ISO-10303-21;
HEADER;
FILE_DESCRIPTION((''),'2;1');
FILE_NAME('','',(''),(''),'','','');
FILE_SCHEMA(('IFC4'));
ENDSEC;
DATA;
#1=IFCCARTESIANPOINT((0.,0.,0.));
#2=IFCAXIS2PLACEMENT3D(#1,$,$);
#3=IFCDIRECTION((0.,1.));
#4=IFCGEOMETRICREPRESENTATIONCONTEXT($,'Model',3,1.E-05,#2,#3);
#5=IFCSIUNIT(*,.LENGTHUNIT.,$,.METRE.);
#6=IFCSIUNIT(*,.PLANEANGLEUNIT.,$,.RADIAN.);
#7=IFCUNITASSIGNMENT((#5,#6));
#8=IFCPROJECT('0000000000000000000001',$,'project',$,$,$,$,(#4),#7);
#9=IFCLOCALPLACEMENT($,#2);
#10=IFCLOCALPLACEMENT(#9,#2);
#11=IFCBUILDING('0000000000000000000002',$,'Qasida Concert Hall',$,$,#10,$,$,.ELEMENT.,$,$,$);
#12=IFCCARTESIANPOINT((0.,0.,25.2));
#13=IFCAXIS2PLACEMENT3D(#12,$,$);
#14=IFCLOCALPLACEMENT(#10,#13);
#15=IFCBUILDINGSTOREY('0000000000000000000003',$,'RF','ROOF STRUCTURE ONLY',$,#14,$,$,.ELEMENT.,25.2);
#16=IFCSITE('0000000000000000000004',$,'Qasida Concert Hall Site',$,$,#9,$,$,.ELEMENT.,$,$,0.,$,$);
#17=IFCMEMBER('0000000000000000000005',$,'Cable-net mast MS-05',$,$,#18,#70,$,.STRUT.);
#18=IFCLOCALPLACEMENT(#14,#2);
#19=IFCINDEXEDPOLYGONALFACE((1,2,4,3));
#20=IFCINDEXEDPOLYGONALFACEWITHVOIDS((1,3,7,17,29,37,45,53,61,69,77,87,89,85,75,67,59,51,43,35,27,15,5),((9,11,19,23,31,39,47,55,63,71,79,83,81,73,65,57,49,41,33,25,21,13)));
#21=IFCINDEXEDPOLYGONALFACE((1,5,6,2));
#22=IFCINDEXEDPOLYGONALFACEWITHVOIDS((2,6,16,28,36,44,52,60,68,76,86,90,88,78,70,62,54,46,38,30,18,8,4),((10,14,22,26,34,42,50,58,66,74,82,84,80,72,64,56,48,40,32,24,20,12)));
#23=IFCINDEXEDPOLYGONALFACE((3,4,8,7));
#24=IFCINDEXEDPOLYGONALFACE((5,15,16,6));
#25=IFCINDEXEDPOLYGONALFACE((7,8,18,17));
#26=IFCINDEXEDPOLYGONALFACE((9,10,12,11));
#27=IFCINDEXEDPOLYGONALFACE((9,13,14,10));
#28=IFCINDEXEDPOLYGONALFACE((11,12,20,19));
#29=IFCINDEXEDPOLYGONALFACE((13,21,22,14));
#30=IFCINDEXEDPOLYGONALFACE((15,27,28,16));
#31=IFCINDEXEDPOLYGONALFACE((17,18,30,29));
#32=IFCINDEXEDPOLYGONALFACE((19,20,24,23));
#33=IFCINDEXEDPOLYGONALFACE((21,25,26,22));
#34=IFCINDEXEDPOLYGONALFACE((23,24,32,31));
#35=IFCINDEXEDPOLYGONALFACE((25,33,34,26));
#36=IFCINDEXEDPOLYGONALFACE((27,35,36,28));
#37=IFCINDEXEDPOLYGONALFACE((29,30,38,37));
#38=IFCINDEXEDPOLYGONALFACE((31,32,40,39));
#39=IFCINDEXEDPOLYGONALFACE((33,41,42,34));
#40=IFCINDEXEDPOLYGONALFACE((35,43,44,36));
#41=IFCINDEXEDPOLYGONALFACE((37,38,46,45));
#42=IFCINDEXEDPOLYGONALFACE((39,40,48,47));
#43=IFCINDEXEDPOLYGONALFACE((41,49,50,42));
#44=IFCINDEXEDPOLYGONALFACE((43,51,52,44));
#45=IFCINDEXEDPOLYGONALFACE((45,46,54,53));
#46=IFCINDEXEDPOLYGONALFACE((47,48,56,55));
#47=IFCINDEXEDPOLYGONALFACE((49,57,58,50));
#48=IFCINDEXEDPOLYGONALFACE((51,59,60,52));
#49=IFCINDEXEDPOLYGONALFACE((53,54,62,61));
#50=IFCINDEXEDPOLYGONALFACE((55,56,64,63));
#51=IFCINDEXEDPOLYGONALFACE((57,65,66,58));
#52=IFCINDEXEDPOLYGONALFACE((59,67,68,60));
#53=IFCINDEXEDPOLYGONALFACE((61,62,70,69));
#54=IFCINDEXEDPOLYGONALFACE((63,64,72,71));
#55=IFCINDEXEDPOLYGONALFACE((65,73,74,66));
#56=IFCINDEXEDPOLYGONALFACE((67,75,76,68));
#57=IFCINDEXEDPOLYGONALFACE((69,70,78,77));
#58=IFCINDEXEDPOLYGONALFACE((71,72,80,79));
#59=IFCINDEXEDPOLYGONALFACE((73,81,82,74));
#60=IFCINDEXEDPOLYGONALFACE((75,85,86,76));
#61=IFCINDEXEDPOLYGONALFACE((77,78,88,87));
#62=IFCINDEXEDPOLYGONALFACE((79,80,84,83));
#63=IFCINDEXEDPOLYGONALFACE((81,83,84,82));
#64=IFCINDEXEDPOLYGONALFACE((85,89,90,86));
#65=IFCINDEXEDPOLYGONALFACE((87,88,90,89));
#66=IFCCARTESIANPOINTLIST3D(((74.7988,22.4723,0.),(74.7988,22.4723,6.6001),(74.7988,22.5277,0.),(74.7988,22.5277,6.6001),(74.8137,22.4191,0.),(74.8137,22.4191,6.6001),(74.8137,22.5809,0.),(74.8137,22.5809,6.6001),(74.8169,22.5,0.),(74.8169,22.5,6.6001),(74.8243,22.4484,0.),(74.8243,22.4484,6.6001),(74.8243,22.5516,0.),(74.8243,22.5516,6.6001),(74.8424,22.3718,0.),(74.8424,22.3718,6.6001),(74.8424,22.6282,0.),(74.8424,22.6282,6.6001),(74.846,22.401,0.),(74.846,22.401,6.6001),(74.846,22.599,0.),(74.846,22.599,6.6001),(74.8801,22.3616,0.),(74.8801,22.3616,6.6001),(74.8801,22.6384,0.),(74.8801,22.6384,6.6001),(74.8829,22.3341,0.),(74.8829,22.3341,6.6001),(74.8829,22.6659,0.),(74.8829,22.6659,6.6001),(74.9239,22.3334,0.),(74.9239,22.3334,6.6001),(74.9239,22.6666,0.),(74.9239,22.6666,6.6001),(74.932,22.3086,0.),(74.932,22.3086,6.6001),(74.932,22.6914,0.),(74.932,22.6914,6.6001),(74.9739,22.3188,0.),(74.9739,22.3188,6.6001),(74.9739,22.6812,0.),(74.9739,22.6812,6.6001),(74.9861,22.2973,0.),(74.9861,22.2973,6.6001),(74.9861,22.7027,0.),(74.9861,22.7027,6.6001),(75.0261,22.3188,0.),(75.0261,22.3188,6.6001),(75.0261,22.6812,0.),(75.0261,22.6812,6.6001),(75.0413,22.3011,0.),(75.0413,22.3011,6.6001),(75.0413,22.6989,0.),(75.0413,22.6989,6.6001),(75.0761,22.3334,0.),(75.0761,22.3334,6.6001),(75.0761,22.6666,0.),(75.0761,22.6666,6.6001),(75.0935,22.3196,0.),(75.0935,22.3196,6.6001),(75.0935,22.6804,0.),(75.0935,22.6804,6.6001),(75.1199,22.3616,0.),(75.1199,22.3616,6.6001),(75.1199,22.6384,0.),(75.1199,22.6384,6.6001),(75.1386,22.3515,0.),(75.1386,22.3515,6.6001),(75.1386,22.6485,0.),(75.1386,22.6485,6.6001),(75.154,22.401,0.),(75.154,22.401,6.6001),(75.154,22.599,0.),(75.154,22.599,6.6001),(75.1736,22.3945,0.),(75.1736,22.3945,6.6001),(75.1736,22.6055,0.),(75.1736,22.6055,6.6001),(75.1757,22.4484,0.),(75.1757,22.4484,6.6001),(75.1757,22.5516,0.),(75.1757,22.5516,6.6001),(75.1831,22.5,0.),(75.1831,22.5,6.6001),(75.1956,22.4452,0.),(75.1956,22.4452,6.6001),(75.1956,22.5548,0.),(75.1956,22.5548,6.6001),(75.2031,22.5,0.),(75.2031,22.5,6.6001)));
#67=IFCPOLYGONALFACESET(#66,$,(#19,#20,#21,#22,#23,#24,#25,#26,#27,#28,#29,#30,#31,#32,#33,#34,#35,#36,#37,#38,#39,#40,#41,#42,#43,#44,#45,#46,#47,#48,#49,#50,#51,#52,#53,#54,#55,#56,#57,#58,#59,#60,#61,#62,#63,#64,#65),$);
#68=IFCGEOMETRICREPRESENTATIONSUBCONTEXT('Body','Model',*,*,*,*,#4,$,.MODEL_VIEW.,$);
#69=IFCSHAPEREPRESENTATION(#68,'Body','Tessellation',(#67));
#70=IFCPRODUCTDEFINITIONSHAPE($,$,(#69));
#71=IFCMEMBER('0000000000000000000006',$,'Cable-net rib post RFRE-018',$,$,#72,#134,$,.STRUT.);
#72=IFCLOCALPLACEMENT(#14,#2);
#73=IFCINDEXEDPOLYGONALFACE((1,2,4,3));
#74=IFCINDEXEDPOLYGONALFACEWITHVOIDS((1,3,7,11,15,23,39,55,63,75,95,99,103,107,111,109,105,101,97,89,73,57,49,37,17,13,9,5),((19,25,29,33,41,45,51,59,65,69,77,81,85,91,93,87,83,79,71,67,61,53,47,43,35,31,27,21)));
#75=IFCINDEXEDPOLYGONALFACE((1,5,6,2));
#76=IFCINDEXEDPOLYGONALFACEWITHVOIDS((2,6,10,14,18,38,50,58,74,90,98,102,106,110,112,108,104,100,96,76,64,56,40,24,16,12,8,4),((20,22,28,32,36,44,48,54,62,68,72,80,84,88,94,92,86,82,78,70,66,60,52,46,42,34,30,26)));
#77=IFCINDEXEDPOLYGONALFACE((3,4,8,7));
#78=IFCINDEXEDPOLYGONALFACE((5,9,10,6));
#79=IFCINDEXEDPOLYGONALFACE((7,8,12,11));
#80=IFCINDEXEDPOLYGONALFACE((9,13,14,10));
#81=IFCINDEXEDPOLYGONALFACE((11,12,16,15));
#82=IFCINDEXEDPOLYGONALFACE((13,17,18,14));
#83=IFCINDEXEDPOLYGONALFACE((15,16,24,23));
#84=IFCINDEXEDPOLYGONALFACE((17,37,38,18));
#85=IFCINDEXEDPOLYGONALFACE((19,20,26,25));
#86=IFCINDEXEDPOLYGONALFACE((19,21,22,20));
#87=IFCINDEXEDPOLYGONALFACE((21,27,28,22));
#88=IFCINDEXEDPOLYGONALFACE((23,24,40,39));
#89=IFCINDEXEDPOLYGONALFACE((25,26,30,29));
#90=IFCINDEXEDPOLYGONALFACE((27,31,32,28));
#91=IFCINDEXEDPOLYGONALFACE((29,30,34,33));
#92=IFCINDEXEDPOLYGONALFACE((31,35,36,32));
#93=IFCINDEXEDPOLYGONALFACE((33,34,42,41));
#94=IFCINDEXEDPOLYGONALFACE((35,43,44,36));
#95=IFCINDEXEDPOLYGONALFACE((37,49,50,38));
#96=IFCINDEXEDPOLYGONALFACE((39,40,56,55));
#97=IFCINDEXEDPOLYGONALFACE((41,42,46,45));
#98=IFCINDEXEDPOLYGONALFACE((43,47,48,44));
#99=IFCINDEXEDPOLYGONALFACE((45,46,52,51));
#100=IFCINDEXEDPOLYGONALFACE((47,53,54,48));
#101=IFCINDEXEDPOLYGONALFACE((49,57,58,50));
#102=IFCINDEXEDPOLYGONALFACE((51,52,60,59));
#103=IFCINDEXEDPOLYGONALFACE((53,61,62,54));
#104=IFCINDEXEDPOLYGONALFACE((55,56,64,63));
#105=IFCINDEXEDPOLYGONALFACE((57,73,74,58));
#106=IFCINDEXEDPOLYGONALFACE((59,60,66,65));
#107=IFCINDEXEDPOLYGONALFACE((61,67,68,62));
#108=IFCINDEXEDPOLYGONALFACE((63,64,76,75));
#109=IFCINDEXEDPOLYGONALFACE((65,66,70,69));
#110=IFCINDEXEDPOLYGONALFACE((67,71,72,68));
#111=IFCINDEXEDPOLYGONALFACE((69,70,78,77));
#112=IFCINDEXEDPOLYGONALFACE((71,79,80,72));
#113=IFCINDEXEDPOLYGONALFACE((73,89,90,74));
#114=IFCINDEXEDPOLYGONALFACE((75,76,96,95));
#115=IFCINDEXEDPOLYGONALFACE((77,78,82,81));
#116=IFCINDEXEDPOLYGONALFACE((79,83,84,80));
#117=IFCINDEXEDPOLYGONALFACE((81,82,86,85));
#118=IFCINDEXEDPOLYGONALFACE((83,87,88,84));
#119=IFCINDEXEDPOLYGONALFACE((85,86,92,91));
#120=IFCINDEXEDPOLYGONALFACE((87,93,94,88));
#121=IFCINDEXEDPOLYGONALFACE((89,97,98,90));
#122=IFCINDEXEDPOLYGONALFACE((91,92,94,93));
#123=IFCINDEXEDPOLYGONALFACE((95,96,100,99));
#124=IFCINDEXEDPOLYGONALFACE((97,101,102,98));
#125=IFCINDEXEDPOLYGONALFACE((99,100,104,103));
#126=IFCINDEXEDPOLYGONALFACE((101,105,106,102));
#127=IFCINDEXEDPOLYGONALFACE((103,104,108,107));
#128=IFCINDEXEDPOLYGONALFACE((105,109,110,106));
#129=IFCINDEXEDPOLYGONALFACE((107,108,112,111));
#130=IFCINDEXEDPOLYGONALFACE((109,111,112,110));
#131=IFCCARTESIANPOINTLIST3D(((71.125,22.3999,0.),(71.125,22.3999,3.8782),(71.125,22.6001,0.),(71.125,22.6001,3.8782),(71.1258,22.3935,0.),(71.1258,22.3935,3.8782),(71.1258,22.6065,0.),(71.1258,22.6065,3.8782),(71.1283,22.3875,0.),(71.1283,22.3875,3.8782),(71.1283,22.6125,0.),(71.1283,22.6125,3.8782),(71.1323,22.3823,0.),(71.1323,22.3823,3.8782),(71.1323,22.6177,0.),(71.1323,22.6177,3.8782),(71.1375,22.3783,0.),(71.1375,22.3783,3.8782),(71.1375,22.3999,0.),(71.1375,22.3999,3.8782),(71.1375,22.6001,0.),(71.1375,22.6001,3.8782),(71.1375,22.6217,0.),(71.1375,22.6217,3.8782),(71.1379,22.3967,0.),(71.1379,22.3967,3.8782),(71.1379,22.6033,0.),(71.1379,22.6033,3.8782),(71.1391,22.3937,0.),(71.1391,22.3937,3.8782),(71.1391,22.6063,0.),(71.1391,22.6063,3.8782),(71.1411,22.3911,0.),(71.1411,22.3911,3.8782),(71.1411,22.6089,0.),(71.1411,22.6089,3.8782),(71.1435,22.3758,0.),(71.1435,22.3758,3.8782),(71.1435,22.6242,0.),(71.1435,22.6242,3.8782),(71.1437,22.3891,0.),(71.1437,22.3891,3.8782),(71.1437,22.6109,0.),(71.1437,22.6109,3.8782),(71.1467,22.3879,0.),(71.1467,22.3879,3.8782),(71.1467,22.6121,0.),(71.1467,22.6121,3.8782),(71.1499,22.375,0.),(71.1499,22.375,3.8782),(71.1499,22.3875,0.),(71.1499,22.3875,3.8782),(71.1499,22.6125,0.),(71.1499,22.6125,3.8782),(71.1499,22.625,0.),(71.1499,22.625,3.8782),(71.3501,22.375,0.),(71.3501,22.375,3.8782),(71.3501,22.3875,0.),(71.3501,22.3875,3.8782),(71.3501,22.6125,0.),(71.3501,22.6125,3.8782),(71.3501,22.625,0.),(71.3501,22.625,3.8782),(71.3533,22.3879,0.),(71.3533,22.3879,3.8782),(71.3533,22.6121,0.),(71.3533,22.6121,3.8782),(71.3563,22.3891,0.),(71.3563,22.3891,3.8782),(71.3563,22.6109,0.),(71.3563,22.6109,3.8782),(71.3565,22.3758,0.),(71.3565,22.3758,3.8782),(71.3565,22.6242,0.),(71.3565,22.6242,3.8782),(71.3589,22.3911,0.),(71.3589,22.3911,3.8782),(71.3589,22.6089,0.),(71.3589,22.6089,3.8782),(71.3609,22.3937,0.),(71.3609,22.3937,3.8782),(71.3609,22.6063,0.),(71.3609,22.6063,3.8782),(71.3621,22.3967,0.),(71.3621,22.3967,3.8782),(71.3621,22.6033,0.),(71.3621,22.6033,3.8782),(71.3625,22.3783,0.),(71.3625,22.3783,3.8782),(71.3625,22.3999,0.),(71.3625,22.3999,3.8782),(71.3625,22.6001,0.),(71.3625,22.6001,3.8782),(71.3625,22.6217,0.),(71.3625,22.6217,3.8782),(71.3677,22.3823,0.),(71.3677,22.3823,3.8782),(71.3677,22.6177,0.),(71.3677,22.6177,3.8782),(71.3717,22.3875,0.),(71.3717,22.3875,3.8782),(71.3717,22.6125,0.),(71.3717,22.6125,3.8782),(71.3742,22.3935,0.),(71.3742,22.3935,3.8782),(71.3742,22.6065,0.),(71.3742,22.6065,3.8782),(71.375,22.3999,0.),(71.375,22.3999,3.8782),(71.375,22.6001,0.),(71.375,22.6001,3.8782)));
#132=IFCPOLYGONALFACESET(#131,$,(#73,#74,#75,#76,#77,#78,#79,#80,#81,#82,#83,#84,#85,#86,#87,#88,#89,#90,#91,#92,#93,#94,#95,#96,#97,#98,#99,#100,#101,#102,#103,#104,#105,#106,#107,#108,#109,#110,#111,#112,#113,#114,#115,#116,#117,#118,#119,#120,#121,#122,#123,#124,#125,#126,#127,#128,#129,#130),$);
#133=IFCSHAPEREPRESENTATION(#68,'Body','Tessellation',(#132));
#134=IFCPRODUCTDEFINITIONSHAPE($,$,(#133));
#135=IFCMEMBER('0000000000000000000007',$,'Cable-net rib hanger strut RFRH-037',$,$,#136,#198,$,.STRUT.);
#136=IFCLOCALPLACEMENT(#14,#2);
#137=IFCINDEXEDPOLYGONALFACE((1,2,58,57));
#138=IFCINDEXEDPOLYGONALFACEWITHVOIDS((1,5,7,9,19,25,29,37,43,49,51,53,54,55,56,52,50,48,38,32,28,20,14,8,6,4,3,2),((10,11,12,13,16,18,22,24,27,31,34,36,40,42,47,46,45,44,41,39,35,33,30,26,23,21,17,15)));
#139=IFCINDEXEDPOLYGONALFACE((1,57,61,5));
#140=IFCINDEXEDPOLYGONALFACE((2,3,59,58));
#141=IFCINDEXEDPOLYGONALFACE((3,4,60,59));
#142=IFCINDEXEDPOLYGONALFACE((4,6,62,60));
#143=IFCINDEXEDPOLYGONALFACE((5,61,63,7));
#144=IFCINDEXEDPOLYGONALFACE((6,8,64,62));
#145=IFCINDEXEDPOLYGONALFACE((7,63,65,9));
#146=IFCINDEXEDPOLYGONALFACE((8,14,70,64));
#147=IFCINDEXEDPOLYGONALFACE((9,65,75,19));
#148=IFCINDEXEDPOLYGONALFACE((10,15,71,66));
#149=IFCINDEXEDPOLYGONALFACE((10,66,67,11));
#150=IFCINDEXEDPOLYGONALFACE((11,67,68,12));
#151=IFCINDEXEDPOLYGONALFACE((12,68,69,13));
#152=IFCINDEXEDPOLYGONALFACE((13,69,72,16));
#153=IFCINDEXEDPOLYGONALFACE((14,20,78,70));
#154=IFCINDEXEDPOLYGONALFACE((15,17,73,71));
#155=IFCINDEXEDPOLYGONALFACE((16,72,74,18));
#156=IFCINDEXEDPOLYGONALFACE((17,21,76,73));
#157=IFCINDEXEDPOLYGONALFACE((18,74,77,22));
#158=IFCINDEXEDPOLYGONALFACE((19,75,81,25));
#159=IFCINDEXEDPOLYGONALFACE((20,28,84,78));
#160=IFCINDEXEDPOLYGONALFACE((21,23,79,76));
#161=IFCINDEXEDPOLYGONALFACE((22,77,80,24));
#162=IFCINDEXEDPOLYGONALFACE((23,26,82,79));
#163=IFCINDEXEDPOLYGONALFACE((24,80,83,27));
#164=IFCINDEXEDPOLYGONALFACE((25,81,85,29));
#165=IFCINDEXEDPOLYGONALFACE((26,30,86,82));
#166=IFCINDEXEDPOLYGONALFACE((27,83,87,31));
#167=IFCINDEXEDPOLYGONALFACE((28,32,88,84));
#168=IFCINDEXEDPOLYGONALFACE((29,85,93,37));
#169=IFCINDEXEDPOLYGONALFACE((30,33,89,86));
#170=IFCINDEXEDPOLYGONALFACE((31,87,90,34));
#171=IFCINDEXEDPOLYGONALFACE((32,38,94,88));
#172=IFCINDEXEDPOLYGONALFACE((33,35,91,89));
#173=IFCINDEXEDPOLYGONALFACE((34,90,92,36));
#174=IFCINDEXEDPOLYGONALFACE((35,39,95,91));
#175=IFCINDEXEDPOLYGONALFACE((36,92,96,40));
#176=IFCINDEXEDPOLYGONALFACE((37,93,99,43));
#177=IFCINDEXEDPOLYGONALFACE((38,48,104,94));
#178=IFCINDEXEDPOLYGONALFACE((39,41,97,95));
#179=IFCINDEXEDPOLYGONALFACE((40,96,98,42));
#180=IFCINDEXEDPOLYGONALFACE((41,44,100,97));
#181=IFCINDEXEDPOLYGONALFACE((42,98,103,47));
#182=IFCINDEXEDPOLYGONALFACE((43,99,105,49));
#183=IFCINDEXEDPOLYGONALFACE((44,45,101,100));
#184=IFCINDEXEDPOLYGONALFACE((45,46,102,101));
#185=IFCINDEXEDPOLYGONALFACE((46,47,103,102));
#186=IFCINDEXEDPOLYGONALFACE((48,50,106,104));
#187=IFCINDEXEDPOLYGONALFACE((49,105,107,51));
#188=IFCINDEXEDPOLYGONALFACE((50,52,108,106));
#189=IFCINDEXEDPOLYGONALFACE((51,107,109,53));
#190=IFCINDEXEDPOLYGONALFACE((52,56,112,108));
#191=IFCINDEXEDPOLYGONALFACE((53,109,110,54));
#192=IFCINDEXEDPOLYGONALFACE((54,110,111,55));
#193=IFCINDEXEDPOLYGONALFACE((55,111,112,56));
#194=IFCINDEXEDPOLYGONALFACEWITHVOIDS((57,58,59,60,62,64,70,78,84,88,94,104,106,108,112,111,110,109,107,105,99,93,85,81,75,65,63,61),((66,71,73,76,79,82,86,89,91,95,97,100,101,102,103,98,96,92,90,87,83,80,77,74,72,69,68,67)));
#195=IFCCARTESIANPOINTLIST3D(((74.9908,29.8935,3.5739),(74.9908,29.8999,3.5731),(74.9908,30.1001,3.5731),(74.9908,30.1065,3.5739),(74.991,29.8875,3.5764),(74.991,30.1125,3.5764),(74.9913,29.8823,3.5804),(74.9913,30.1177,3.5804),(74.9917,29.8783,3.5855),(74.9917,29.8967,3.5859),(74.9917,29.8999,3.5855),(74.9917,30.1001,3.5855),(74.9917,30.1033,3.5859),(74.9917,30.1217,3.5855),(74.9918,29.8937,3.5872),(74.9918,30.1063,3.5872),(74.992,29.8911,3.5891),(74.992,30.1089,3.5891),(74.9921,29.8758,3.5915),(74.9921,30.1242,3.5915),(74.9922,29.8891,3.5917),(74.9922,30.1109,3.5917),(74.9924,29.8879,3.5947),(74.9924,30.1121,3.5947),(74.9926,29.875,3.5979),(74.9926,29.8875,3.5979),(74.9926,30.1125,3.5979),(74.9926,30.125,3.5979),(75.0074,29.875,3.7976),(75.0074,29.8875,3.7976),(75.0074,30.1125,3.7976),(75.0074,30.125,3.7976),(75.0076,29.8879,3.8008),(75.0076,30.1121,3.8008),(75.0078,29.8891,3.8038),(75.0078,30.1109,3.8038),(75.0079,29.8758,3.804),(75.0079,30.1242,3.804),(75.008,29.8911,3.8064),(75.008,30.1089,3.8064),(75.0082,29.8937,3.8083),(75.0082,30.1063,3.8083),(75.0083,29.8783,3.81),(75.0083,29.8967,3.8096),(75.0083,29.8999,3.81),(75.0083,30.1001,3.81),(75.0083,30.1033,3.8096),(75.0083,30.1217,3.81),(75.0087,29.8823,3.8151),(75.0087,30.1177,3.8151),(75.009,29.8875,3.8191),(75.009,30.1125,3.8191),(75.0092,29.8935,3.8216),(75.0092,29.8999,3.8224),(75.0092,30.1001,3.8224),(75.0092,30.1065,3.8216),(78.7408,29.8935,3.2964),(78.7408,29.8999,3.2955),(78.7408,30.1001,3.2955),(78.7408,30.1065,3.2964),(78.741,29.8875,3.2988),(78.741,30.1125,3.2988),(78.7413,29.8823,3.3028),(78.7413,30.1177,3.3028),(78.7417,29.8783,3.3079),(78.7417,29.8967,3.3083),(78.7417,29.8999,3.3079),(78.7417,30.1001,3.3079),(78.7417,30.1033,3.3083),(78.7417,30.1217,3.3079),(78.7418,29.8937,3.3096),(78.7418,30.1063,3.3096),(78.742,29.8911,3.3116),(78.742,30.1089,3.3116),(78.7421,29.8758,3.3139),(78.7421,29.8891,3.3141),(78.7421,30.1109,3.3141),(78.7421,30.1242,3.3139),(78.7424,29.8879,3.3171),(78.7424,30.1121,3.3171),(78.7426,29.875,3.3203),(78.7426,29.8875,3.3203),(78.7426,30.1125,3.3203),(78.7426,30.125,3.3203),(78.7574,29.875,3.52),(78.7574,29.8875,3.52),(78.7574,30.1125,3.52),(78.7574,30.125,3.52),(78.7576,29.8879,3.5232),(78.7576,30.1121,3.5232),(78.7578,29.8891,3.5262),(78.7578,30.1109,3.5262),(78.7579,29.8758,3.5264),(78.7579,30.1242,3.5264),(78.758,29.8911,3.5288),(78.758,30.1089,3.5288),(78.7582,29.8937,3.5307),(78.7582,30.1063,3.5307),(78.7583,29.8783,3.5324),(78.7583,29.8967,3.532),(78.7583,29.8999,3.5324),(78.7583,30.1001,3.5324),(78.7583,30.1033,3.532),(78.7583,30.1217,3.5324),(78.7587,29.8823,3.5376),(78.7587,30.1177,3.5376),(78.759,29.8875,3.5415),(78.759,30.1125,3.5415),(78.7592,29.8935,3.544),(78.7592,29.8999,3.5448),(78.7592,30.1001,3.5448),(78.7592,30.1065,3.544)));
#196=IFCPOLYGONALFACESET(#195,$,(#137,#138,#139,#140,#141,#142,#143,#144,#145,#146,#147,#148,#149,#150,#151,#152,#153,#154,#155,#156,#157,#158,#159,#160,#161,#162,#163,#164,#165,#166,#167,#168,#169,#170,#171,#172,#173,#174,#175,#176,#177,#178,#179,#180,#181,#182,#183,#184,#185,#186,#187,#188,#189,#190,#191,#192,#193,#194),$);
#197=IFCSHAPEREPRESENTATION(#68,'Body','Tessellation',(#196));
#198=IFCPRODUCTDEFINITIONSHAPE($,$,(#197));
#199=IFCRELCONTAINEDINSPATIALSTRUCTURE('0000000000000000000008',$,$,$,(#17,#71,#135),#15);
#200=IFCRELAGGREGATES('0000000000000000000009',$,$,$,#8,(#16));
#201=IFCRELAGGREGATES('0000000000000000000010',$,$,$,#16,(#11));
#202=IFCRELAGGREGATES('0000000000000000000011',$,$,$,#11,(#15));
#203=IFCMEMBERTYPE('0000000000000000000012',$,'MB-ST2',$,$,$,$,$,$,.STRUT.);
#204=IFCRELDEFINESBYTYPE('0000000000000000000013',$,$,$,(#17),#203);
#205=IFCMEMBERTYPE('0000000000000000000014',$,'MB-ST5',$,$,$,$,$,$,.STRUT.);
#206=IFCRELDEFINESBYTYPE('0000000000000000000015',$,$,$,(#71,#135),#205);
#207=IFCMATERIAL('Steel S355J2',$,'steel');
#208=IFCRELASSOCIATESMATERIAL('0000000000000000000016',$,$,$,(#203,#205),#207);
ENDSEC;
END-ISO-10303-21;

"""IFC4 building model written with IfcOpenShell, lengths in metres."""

from ifc_helpers import new_model, si_unit, direction, frame, origin, origin_2d, place, context, subcontext, project, spatial, hollow_rectangle, hollow_circle, extrude, material, material_profile, profile_set, type_object, element, save


model = new_model("IFC4")

# Units and contexts
model_context = context("Model", 3, precision=1e-05, world=origin(), true_north=direction((0.0, 1.0)))
body_context = subcontext(model_context, "Body", "Model", "MODEL_VIEW")
ifc_project = project(units=[si_unit("LENGTHUNIT", "METRE"), si_unit("PLANEANGLEUNIT", "RADIAN")], contexts=[model_context])

# Site, building, storey
site_placement = place(None, origin())
site = spatial("IfcSite", under=ifc_project, at=site_placement, Name="Qasida Concert Hall Site", CompositionType="ELEMENT", RefElevation=0.0)
building_placement = place(site_placement, origin())
building = spatial("IfcBuilding", under=site, at=building_placement, Name="Qasida Concert Hall", CompositionType="ELEMENT")
storey_placement = place(building_placement, frame((0.0, 0.0, 25.2)))
storey = spatial("IfcBuildingStorey", under=building, at=storey_placement, Name="RF", Description="ROOF STRUCTURE ONLY", CompositionType="ELEMENT", Elevation=25.2)

# Members
ifc_material_1 = material(Name="Steel S355J2", Category="steel")
ifc_material_profile_1 = material_profile(ifc_material_1, hollow_circle(Radius=0.2031, WallThickness=0.02, at=origin_2d()), Name="CHS 406.4x20")
ifc_profile_set_1 = profile_set([ifc_material_profile_1], Name="Steel S355J2")
member_type_1 = type_object("IfcMemberType", Name="MB-ST2", PredefinedType="STRUT", material=ifc_profile_set_1)
member_1_placement = place(storey_placement, frame((75.0, 22.5, 0.0), z_axis=(0.0, 0.0, 1.0), x_axis=(1.0, 0.0, 0.0)))
element("IfcMember", 1, at=member_1_placement, inside=storey, type_object=member_type_1, Name="Cable-net mast MS-05", PredefinedType="STRUT", context=body_context, shape_type="SweptSolid", body=[
    extrude(hollow_circle(Radius=0.2031, WallThickness=0.02, at=origin_2d()), origin(), (0.0, 0.0, 1.0), 6.6001),
])
ifc_material_profile_2 = material_profile(ifc_material_1, hollow_rectangle(XDim=0.25, YDim=0.25, WallThickness=0.0125, InnerFilletRadius=0.0125, OuterFilletRadius=0.0249, at=origin_2d()), Name="SHS 250x250x12.5")
ifc_profile_set_2 = profile_set([ifc_material_profile_2], Name="Steel S355J2")
member_type_2 = type_object("IfcMemberType", Name="MB-ST5", PredefinedType="STRUT", material=ifc_profile_set_2)
member_2_placement = place(storey_placement, frame((71.25, 22.5, 0.0), z_axis=(0.0, 0.0, 1.0), x_axis=(1.0, 0.0, 0.0)))
element("IfcMember", 2, at=member_2_placement, inside=storey, type_object=member_type_2, Name="Cable-net rib post RFRE-018", PredefinedType="STRUT", context=body_context, shape_type="SweptSolid", body=[
    extrude(hollow_rectangle(XDim=0.25, YDim=0.25, WallThickness=0.0125, InnerFilletRadius=0.0125, OuterFilletRadius=0.0249, at=origin_2d()), origin(), (0.0, 0.0, 1.0), 3.8782),
])
member_3_placement = place(storey_placement, frame((75.0, 30.0, 3.6978), z_axis=(0.997271, 0.0, -0.073821), x_axis=(0.0, 1.0, 0.0)))
element("IfcMember", 3, at=member_3_placement, inside=storey, type_object=member_type_2, Name="Cable-net rib hanger strut RFRH-037", PredefinedType="STRUT", context=body_context, shape_type="SweptSolid", body=[
    extrude(hollow_rectangle(XDim=0.25, YDim=0.25, WallThickness=0.0125, InnerFilletRadius=0.0125, OuterFilletRadius=0.0249, at=origin_2d()), origin(), (0.0, 0.0, 1.0), 3.7603),
])

save(model, "model.ifc")
